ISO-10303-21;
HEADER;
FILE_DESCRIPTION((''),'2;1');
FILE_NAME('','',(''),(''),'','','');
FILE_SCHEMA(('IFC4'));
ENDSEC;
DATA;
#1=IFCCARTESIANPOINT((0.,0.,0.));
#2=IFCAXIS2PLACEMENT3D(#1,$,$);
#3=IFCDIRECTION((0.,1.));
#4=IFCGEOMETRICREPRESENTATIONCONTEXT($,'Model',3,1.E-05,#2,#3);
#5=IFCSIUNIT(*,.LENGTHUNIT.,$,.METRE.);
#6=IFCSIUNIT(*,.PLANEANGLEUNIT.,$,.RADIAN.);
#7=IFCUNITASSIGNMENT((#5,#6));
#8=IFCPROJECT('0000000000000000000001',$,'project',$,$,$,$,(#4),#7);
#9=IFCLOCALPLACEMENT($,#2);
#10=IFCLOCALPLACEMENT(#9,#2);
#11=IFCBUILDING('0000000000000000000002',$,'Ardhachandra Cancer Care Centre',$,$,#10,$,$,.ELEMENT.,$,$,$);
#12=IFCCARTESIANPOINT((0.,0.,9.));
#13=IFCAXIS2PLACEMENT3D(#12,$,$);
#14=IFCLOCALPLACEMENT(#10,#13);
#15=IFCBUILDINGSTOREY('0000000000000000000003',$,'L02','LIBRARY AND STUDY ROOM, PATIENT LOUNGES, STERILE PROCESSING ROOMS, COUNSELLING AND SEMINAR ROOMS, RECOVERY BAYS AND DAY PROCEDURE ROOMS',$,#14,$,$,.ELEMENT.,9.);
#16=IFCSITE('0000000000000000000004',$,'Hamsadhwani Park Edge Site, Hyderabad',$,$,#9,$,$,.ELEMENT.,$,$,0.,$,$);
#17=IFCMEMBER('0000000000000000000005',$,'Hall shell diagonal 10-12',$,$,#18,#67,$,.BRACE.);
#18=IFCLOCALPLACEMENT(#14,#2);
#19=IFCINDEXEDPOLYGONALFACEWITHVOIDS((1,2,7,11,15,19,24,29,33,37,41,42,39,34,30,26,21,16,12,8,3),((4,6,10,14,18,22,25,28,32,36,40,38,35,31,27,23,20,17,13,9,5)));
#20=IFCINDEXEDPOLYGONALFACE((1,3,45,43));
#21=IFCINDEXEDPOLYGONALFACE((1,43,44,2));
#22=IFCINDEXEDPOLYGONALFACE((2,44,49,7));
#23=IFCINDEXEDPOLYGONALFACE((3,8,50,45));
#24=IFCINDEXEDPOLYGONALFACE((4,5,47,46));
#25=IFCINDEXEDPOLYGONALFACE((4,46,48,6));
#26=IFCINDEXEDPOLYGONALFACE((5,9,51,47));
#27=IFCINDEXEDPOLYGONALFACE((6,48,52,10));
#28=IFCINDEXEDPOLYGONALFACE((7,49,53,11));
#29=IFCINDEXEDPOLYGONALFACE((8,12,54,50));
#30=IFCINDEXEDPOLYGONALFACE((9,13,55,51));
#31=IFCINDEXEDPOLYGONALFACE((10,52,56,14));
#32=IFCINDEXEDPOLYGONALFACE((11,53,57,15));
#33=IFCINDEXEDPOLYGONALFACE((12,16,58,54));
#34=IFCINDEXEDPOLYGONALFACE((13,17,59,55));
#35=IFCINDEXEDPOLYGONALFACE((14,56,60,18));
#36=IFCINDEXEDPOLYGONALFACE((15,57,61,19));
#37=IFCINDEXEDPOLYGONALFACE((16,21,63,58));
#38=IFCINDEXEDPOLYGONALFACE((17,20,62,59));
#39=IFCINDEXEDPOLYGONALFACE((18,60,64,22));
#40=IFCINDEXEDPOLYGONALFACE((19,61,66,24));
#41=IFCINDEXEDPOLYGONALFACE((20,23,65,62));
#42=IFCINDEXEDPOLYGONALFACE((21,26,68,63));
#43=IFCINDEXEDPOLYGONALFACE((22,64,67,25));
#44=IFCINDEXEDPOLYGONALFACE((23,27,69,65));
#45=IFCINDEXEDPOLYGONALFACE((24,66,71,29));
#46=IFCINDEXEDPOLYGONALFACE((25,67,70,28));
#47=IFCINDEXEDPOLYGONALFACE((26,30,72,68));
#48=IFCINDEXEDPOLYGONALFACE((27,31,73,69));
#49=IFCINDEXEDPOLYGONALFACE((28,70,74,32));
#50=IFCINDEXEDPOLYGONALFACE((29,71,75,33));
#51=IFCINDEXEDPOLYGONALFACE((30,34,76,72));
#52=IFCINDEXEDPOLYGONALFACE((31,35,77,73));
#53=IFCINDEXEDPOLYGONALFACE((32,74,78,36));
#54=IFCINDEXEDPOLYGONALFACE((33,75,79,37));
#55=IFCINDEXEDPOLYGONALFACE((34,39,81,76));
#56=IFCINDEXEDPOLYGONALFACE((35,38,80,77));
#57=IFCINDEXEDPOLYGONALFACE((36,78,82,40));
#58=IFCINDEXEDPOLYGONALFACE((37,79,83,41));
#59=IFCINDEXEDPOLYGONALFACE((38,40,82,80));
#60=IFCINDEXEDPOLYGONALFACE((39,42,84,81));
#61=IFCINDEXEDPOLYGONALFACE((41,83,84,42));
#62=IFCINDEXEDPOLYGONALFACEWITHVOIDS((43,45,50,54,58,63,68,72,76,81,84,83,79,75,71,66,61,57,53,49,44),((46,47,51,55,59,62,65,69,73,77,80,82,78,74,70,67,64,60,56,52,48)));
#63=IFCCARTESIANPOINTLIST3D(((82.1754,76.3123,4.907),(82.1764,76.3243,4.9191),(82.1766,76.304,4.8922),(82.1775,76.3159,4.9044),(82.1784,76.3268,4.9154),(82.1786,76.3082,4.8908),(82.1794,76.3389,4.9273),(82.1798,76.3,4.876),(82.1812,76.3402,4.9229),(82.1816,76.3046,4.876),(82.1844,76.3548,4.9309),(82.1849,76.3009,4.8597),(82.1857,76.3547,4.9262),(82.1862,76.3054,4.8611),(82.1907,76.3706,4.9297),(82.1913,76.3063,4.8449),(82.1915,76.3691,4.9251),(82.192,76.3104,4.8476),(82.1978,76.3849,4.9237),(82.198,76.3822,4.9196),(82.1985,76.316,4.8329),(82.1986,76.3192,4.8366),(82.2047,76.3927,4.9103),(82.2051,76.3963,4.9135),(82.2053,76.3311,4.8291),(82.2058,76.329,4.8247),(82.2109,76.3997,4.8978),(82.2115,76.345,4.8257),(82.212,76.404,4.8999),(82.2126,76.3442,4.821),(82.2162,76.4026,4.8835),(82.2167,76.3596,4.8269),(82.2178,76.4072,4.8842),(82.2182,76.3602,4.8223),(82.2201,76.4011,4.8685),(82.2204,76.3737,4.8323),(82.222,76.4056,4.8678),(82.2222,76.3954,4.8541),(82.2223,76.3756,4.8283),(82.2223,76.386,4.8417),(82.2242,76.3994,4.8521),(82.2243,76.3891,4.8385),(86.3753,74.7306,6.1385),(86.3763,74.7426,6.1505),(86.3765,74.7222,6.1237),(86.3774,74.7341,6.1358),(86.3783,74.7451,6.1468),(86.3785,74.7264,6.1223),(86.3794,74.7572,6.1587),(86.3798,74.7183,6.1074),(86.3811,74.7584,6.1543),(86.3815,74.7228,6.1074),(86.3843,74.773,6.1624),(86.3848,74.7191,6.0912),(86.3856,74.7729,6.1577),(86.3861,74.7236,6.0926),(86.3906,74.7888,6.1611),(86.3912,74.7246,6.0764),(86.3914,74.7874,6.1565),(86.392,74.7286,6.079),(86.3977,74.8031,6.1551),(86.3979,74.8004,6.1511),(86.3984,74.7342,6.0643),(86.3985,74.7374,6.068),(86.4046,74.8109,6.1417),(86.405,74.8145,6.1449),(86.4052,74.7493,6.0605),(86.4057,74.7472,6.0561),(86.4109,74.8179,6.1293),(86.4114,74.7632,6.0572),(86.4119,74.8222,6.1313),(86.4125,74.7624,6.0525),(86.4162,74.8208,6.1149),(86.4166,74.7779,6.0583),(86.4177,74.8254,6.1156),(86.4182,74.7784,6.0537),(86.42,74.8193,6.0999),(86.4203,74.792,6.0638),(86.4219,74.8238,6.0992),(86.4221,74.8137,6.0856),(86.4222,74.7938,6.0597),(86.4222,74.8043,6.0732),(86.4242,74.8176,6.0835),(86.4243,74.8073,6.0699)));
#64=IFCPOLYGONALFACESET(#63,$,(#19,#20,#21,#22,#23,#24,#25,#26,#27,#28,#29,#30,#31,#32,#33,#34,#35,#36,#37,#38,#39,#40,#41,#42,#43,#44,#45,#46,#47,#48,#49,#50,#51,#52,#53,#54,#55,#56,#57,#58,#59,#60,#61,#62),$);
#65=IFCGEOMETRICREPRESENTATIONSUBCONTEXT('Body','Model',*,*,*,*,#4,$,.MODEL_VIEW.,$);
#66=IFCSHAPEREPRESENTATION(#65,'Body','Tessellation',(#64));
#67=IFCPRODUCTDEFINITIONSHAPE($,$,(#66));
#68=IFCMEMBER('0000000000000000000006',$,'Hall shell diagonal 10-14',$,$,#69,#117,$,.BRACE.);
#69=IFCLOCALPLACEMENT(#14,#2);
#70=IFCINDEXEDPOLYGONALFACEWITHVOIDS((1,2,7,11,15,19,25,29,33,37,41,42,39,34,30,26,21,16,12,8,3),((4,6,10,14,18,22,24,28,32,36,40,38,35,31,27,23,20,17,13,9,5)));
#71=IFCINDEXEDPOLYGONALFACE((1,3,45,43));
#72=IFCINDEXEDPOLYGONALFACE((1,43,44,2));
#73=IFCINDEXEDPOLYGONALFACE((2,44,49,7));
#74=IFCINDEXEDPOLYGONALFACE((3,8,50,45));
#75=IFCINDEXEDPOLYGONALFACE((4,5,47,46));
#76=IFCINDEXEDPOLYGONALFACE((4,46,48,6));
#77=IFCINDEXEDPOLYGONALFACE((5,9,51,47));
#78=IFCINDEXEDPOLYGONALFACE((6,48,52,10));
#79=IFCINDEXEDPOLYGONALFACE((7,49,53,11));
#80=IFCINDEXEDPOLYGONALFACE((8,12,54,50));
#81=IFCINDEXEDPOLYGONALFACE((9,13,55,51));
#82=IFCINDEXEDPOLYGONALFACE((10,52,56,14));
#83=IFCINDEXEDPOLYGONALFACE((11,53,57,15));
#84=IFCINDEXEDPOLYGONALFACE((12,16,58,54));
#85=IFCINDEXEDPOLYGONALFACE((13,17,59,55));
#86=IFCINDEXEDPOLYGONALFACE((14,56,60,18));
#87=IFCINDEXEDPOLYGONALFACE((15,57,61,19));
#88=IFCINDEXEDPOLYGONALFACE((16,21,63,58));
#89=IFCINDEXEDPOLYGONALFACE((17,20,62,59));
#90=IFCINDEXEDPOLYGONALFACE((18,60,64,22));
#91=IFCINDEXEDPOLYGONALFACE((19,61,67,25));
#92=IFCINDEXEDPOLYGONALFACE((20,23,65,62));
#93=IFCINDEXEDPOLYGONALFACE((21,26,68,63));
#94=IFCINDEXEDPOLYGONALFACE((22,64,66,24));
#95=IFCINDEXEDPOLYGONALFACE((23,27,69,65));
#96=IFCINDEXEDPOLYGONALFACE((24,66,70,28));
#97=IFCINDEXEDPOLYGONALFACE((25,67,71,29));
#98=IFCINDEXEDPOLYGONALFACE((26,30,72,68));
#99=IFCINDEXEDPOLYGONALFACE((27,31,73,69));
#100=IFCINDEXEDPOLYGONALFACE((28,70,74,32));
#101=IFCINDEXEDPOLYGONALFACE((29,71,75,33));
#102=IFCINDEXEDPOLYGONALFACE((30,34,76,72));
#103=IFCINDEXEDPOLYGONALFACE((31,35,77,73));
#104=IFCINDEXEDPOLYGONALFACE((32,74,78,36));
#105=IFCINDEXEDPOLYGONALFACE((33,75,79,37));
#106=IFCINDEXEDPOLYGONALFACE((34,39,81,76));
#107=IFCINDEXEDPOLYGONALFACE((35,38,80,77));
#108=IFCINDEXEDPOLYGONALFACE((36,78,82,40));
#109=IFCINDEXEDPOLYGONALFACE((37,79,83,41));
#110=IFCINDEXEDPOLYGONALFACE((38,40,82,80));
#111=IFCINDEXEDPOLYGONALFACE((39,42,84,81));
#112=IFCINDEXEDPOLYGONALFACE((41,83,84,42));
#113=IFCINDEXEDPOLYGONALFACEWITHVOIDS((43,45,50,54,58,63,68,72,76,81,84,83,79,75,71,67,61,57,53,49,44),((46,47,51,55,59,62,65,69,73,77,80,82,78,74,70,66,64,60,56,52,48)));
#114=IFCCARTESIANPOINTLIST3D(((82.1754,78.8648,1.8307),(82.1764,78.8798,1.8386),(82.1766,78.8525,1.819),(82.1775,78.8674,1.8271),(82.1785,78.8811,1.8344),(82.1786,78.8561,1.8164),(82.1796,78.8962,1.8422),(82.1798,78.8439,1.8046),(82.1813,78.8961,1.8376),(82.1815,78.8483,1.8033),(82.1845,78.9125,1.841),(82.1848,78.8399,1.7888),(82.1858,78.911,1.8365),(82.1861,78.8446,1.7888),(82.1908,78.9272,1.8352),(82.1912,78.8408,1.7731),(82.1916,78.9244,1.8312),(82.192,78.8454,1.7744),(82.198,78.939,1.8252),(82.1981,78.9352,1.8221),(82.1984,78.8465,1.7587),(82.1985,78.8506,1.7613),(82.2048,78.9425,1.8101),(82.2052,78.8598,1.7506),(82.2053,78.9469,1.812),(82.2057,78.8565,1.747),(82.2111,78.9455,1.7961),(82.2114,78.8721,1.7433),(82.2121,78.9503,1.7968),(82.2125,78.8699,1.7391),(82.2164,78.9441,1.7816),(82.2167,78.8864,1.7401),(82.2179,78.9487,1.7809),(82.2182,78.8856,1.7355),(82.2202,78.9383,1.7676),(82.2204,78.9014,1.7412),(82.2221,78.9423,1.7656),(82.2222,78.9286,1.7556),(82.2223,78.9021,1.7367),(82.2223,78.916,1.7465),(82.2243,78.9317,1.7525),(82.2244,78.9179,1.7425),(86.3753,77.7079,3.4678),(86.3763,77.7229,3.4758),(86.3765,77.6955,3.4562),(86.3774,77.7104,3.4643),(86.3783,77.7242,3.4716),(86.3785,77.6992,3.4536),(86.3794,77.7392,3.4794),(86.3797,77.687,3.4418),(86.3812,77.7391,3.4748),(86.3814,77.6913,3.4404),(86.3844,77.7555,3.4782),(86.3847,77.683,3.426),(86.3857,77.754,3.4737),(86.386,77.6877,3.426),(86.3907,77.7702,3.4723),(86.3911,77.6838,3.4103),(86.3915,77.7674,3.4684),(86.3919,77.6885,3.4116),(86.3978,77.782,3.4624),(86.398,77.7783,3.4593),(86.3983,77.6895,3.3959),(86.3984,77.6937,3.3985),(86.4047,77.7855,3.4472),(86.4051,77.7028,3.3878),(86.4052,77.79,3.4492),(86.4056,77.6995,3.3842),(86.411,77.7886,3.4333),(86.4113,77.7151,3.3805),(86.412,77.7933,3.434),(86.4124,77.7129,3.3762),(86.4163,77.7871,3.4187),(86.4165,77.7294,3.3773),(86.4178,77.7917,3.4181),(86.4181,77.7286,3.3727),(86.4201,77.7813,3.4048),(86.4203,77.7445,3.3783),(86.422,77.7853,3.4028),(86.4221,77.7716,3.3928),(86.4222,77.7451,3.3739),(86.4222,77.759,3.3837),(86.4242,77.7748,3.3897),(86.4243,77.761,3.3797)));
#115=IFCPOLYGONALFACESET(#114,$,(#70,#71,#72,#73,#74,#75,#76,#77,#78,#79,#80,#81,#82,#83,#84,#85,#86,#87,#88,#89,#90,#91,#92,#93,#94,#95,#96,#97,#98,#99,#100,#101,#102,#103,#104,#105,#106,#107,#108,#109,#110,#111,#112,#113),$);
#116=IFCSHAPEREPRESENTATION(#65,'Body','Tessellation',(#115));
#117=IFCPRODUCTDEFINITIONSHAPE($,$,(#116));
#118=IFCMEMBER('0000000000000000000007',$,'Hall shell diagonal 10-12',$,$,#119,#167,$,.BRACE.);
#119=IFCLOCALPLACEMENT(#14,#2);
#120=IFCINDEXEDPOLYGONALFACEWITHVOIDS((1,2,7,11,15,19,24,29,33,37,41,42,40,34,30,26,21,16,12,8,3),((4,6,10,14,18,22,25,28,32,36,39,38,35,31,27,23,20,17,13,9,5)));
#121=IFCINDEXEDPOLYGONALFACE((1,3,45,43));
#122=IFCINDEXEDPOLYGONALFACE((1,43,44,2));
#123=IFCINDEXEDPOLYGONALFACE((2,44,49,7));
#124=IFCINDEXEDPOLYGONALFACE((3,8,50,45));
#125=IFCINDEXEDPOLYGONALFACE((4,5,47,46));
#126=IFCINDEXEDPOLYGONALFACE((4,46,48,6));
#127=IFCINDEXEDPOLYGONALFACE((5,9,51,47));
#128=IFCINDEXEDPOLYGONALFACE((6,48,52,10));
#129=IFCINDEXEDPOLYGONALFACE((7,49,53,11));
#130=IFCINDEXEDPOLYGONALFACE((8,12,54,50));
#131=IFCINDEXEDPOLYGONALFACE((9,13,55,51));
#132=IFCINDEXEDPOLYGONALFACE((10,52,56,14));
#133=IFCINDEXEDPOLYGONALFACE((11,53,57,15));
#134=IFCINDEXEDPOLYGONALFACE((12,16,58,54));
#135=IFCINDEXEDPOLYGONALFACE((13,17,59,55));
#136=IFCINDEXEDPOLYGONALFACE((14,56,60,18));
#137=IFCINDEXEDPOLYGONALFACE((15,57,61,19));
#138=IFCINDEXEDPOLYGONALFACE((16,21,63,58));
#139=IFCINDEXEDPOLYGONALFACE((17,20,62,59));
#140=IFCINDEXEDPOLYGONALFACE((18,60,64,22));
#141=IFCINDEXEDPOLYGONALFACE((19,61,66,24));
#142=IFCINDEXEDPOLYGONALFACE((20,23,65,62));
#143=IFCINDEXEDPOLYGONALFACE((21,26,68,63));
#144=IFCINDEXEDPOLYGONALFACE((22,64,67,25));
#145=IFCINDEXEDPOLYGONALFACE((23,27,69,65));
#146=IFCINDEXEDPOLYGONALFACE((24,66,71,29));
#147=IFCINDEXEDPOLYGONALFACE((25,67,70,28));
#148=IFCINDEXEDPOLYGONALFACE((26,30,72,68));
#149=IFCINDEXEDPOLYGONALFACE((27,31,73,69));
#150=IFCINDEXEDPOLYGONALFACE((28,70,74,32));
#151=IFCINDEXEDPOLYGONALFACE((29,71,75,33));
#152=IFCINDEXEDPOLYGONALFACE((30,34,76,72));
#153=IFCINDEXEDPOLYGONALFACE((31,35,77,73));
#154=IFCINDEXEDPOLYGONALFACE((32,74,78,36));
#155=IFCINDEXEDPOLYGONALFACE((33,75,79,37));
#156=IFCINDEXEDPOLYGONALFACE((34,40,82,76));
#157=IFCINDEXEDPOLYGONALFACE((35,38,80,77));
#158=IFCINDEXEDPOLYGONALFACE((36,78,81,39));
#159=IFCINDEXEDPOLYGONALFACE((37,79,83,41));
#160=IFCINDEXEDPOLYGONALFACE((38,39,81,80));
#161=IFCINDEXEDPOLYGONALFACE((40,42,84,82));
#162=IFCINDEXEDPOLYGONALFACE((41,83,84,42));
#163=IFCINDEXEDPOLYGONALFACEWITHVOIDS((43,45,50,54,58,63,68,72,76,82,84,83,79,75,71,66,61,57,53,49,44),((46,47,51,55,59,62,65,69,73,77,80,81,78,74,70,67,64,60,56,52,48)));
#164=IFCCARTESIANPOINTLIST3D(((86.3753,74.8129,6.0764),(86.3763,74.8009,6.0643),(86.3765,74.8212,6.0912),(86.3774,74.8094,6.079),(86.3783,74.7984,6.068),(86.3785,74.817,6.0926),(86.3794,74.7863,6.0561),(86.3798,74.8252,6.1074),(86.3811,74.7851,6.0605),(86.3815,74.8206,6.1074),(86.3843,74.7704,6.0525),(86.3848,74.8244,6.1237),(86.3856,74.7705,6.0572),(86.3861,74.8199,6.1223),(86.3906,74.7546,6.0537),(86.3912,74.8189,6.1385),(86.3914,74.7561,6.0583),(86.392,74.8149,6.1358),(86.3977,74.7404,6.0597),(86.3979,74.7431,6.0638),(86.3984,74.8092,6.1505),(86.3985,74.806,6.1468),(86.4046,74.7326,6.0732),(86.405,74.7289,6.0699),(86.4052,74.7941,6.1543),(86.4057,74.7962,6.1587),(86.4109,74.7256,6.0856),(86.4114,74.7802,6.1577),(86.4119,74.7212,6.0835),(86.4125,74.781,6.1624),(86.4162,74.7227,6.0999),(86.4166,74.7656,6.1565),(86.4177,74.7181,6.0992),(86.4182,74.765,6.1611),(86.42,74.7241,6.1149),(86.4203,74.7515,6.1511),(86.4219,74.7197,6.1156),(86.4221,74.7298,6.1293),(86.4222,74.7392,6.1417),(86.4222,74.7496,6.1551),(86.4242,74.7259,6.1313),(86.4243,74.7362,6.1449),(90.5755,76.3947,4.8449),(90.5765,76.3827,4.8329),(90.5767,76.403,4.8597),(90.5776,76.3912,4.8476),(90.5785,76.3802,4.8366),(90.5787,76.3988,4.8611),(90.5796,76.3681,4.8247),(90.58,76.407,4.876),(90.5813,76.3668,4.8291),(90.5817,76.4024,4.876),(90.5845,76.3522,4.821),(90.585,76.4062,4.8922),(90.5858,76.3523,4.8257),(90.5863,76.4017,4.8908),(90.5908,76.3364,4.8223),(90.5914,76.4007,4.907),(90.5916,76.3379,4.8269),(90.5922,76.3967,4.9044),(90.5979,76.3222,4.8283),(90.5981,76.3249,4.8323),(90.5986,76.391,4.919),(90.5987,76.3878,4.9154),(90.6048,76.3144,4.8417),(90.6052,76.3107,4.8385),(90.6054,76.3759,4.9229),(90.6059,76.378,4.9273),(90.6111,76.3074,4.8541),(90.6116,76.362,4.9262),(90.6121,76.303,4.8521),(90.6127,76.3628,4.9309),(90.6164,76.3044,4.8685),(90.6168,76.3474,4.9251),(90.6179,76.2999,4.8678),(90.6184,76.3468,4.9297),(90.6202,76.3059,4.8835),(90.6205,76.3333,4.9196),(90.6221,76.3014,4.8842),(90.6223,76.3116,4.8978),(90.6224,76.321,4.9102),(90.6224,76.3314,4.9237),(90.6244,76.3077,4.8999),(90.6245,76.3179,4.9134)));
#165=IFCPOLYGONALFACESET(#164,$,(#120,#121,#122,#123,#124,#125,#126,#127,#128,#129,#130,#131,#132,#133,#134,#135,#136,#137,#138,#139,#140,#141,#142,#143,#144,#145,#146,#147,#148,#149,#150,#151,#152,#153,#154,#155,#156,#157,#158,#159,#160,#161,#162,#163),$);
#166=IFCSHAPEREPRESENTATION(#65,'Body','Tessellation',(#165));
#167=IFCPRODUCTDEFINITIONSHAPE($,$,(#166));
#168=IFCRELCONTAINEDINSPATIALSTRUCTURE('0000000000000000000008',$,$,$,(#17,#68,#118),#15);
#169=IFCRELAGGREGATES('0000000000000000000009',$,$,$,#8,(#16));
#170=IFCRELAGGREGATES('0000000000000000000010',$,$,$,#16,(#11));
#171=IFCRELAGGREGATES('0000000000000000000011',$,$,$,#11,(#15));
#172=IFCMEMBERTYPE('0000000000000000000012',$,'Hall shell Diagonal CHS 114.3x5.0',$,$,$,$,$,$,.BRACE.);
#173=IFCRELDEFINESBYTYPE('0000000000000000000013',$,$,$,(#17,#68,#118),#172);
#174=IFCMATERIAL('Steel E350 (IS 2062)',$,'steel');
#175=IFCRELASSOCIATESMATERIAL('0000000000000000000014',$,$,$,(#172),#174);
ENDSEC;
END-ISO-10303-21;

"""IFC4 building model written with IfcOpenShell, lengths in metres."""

from ifc_helpers import new_model, si_unit, direction, frame, origin, origin_2d, place, context, subcontext, project, spatial, hollow_circle, extrude, material, material_profile, profile_set, type_object, element, save


model = new_model("IFC4")

# Units and contexts
model_context = context("Model", 3, precision=1e-05, world=origin(), true_north=direction((0.0, 1.0)))
body_context = subcontext(model_context, "Body", "Model", "MODEL_VIEW")
ifc_project = project(units=[si_unit("LENGTHUNIT", "METRE"), si_unit("PLANEANGLEUNIT", "RADIAN")], contexts=[model_context])

# Site, building, storey
site_placement = place(None, origin())
site = spatial("IfcSite", under=ifc_project, at=site_placement, Name="Hamsadhwani Park Edge Site, Hyderabad", CompositionType="ELEMENT", RefElevation=0.0)
building_placement = place(site_placement, origin())
building = spatial("IfcBuilding", under=site, at=building_placement, Name="Ardhachandra Cancer Care Centre", CompositionType="ELEMENT")
storey_placement = place(building_placement, frame((0.0, 0.0, 9.0)))
storey = spatial("IfcBuildingStorey", under=building, at=storey_placement, Name="L02", Description="LIBRARY AND STUDY ROOM, PATIENT LOUNGES, STERILE PROCESSING ROOMS, COUNSELLING AND SEMINAR ROOMS, RECOVERY BAYS AND DAY PROCEDURE ROOMS", CompositionType="ELEMENT", Elevation=9.0)

# Members
ifc_material_1 = material(Name="Steel E350 (IS 2062)", Category="steel")
ifc_material_profile_1 = material_profile(ifc_material_1, hollow_circle(Radius=0.0571, WallThickness=0.0049, at=origin_2d()), Name="CHS 114.3x5.0")
ifc_profile_set_1 = profile_set([ifc_material_profile_1], Name="Steel E350 (IS 2062)")
member_type_1 = type_object("IfcMemberType", Name="Hall shell Diagonal CHS 114.3x5.0", PredefinedType="BRACE", material=ifc_profile_set_1)
for number, where, z_axis, x_axis, name in (
    (1, (86.3999, 74.7717, 6.1074), (-0.902473, 0.33989, -0.264609), (-0.352453, -0.93583, 0.0), "Hall shell diagonal 10-12"),
    (2, (86.3999, 77.738, 3.426), (-0.902461, 0.248606, -0.351794), (-0.265582, -0.964088, 0.0), "Hall shell diagonal 10-14"),
):
    element("IfcMember", number, at=place(storey_placement, frame(where, z_axis=z_axis, x_axis=x_axis)), inside=storey, type_object=member_type_1, Name=name, PredefinedType="BRACE", context=body_context, shape_type="SweptSolid", body=[
        extrude(hollow_circle(Radius=0.0571, WallThickness=0.0049, at=origin_2d()), origin(), (0.0, 0.0, 1.0), 4.6538),
    ])
for number, where, z_axis, x_axis, name in (
    (3, (86.3999, 74.7717, 6.1074), (0.902482, 0.339874, -0.264597), (-0.352435, 0.935836, 0.0), "Hall shell diagonal 10-12"),
):
    element("IfcMember", number, at=place(storey_placement, frame(where, z_axis=z_axis, x_axis=x_axis)), inside=storey, type_object=member_type_1, Name=name, PredefinedType="BRACE", context=body_context, shape_type="SweptSolid", body=[
        extrude(hollow_circle(Radius=0.0571, WallThickness=0.0049, at=origin_2d()), origin(), (0.0, 0.0, 1.0), 4.6541),
    ])

save(model, "model.ifc")
